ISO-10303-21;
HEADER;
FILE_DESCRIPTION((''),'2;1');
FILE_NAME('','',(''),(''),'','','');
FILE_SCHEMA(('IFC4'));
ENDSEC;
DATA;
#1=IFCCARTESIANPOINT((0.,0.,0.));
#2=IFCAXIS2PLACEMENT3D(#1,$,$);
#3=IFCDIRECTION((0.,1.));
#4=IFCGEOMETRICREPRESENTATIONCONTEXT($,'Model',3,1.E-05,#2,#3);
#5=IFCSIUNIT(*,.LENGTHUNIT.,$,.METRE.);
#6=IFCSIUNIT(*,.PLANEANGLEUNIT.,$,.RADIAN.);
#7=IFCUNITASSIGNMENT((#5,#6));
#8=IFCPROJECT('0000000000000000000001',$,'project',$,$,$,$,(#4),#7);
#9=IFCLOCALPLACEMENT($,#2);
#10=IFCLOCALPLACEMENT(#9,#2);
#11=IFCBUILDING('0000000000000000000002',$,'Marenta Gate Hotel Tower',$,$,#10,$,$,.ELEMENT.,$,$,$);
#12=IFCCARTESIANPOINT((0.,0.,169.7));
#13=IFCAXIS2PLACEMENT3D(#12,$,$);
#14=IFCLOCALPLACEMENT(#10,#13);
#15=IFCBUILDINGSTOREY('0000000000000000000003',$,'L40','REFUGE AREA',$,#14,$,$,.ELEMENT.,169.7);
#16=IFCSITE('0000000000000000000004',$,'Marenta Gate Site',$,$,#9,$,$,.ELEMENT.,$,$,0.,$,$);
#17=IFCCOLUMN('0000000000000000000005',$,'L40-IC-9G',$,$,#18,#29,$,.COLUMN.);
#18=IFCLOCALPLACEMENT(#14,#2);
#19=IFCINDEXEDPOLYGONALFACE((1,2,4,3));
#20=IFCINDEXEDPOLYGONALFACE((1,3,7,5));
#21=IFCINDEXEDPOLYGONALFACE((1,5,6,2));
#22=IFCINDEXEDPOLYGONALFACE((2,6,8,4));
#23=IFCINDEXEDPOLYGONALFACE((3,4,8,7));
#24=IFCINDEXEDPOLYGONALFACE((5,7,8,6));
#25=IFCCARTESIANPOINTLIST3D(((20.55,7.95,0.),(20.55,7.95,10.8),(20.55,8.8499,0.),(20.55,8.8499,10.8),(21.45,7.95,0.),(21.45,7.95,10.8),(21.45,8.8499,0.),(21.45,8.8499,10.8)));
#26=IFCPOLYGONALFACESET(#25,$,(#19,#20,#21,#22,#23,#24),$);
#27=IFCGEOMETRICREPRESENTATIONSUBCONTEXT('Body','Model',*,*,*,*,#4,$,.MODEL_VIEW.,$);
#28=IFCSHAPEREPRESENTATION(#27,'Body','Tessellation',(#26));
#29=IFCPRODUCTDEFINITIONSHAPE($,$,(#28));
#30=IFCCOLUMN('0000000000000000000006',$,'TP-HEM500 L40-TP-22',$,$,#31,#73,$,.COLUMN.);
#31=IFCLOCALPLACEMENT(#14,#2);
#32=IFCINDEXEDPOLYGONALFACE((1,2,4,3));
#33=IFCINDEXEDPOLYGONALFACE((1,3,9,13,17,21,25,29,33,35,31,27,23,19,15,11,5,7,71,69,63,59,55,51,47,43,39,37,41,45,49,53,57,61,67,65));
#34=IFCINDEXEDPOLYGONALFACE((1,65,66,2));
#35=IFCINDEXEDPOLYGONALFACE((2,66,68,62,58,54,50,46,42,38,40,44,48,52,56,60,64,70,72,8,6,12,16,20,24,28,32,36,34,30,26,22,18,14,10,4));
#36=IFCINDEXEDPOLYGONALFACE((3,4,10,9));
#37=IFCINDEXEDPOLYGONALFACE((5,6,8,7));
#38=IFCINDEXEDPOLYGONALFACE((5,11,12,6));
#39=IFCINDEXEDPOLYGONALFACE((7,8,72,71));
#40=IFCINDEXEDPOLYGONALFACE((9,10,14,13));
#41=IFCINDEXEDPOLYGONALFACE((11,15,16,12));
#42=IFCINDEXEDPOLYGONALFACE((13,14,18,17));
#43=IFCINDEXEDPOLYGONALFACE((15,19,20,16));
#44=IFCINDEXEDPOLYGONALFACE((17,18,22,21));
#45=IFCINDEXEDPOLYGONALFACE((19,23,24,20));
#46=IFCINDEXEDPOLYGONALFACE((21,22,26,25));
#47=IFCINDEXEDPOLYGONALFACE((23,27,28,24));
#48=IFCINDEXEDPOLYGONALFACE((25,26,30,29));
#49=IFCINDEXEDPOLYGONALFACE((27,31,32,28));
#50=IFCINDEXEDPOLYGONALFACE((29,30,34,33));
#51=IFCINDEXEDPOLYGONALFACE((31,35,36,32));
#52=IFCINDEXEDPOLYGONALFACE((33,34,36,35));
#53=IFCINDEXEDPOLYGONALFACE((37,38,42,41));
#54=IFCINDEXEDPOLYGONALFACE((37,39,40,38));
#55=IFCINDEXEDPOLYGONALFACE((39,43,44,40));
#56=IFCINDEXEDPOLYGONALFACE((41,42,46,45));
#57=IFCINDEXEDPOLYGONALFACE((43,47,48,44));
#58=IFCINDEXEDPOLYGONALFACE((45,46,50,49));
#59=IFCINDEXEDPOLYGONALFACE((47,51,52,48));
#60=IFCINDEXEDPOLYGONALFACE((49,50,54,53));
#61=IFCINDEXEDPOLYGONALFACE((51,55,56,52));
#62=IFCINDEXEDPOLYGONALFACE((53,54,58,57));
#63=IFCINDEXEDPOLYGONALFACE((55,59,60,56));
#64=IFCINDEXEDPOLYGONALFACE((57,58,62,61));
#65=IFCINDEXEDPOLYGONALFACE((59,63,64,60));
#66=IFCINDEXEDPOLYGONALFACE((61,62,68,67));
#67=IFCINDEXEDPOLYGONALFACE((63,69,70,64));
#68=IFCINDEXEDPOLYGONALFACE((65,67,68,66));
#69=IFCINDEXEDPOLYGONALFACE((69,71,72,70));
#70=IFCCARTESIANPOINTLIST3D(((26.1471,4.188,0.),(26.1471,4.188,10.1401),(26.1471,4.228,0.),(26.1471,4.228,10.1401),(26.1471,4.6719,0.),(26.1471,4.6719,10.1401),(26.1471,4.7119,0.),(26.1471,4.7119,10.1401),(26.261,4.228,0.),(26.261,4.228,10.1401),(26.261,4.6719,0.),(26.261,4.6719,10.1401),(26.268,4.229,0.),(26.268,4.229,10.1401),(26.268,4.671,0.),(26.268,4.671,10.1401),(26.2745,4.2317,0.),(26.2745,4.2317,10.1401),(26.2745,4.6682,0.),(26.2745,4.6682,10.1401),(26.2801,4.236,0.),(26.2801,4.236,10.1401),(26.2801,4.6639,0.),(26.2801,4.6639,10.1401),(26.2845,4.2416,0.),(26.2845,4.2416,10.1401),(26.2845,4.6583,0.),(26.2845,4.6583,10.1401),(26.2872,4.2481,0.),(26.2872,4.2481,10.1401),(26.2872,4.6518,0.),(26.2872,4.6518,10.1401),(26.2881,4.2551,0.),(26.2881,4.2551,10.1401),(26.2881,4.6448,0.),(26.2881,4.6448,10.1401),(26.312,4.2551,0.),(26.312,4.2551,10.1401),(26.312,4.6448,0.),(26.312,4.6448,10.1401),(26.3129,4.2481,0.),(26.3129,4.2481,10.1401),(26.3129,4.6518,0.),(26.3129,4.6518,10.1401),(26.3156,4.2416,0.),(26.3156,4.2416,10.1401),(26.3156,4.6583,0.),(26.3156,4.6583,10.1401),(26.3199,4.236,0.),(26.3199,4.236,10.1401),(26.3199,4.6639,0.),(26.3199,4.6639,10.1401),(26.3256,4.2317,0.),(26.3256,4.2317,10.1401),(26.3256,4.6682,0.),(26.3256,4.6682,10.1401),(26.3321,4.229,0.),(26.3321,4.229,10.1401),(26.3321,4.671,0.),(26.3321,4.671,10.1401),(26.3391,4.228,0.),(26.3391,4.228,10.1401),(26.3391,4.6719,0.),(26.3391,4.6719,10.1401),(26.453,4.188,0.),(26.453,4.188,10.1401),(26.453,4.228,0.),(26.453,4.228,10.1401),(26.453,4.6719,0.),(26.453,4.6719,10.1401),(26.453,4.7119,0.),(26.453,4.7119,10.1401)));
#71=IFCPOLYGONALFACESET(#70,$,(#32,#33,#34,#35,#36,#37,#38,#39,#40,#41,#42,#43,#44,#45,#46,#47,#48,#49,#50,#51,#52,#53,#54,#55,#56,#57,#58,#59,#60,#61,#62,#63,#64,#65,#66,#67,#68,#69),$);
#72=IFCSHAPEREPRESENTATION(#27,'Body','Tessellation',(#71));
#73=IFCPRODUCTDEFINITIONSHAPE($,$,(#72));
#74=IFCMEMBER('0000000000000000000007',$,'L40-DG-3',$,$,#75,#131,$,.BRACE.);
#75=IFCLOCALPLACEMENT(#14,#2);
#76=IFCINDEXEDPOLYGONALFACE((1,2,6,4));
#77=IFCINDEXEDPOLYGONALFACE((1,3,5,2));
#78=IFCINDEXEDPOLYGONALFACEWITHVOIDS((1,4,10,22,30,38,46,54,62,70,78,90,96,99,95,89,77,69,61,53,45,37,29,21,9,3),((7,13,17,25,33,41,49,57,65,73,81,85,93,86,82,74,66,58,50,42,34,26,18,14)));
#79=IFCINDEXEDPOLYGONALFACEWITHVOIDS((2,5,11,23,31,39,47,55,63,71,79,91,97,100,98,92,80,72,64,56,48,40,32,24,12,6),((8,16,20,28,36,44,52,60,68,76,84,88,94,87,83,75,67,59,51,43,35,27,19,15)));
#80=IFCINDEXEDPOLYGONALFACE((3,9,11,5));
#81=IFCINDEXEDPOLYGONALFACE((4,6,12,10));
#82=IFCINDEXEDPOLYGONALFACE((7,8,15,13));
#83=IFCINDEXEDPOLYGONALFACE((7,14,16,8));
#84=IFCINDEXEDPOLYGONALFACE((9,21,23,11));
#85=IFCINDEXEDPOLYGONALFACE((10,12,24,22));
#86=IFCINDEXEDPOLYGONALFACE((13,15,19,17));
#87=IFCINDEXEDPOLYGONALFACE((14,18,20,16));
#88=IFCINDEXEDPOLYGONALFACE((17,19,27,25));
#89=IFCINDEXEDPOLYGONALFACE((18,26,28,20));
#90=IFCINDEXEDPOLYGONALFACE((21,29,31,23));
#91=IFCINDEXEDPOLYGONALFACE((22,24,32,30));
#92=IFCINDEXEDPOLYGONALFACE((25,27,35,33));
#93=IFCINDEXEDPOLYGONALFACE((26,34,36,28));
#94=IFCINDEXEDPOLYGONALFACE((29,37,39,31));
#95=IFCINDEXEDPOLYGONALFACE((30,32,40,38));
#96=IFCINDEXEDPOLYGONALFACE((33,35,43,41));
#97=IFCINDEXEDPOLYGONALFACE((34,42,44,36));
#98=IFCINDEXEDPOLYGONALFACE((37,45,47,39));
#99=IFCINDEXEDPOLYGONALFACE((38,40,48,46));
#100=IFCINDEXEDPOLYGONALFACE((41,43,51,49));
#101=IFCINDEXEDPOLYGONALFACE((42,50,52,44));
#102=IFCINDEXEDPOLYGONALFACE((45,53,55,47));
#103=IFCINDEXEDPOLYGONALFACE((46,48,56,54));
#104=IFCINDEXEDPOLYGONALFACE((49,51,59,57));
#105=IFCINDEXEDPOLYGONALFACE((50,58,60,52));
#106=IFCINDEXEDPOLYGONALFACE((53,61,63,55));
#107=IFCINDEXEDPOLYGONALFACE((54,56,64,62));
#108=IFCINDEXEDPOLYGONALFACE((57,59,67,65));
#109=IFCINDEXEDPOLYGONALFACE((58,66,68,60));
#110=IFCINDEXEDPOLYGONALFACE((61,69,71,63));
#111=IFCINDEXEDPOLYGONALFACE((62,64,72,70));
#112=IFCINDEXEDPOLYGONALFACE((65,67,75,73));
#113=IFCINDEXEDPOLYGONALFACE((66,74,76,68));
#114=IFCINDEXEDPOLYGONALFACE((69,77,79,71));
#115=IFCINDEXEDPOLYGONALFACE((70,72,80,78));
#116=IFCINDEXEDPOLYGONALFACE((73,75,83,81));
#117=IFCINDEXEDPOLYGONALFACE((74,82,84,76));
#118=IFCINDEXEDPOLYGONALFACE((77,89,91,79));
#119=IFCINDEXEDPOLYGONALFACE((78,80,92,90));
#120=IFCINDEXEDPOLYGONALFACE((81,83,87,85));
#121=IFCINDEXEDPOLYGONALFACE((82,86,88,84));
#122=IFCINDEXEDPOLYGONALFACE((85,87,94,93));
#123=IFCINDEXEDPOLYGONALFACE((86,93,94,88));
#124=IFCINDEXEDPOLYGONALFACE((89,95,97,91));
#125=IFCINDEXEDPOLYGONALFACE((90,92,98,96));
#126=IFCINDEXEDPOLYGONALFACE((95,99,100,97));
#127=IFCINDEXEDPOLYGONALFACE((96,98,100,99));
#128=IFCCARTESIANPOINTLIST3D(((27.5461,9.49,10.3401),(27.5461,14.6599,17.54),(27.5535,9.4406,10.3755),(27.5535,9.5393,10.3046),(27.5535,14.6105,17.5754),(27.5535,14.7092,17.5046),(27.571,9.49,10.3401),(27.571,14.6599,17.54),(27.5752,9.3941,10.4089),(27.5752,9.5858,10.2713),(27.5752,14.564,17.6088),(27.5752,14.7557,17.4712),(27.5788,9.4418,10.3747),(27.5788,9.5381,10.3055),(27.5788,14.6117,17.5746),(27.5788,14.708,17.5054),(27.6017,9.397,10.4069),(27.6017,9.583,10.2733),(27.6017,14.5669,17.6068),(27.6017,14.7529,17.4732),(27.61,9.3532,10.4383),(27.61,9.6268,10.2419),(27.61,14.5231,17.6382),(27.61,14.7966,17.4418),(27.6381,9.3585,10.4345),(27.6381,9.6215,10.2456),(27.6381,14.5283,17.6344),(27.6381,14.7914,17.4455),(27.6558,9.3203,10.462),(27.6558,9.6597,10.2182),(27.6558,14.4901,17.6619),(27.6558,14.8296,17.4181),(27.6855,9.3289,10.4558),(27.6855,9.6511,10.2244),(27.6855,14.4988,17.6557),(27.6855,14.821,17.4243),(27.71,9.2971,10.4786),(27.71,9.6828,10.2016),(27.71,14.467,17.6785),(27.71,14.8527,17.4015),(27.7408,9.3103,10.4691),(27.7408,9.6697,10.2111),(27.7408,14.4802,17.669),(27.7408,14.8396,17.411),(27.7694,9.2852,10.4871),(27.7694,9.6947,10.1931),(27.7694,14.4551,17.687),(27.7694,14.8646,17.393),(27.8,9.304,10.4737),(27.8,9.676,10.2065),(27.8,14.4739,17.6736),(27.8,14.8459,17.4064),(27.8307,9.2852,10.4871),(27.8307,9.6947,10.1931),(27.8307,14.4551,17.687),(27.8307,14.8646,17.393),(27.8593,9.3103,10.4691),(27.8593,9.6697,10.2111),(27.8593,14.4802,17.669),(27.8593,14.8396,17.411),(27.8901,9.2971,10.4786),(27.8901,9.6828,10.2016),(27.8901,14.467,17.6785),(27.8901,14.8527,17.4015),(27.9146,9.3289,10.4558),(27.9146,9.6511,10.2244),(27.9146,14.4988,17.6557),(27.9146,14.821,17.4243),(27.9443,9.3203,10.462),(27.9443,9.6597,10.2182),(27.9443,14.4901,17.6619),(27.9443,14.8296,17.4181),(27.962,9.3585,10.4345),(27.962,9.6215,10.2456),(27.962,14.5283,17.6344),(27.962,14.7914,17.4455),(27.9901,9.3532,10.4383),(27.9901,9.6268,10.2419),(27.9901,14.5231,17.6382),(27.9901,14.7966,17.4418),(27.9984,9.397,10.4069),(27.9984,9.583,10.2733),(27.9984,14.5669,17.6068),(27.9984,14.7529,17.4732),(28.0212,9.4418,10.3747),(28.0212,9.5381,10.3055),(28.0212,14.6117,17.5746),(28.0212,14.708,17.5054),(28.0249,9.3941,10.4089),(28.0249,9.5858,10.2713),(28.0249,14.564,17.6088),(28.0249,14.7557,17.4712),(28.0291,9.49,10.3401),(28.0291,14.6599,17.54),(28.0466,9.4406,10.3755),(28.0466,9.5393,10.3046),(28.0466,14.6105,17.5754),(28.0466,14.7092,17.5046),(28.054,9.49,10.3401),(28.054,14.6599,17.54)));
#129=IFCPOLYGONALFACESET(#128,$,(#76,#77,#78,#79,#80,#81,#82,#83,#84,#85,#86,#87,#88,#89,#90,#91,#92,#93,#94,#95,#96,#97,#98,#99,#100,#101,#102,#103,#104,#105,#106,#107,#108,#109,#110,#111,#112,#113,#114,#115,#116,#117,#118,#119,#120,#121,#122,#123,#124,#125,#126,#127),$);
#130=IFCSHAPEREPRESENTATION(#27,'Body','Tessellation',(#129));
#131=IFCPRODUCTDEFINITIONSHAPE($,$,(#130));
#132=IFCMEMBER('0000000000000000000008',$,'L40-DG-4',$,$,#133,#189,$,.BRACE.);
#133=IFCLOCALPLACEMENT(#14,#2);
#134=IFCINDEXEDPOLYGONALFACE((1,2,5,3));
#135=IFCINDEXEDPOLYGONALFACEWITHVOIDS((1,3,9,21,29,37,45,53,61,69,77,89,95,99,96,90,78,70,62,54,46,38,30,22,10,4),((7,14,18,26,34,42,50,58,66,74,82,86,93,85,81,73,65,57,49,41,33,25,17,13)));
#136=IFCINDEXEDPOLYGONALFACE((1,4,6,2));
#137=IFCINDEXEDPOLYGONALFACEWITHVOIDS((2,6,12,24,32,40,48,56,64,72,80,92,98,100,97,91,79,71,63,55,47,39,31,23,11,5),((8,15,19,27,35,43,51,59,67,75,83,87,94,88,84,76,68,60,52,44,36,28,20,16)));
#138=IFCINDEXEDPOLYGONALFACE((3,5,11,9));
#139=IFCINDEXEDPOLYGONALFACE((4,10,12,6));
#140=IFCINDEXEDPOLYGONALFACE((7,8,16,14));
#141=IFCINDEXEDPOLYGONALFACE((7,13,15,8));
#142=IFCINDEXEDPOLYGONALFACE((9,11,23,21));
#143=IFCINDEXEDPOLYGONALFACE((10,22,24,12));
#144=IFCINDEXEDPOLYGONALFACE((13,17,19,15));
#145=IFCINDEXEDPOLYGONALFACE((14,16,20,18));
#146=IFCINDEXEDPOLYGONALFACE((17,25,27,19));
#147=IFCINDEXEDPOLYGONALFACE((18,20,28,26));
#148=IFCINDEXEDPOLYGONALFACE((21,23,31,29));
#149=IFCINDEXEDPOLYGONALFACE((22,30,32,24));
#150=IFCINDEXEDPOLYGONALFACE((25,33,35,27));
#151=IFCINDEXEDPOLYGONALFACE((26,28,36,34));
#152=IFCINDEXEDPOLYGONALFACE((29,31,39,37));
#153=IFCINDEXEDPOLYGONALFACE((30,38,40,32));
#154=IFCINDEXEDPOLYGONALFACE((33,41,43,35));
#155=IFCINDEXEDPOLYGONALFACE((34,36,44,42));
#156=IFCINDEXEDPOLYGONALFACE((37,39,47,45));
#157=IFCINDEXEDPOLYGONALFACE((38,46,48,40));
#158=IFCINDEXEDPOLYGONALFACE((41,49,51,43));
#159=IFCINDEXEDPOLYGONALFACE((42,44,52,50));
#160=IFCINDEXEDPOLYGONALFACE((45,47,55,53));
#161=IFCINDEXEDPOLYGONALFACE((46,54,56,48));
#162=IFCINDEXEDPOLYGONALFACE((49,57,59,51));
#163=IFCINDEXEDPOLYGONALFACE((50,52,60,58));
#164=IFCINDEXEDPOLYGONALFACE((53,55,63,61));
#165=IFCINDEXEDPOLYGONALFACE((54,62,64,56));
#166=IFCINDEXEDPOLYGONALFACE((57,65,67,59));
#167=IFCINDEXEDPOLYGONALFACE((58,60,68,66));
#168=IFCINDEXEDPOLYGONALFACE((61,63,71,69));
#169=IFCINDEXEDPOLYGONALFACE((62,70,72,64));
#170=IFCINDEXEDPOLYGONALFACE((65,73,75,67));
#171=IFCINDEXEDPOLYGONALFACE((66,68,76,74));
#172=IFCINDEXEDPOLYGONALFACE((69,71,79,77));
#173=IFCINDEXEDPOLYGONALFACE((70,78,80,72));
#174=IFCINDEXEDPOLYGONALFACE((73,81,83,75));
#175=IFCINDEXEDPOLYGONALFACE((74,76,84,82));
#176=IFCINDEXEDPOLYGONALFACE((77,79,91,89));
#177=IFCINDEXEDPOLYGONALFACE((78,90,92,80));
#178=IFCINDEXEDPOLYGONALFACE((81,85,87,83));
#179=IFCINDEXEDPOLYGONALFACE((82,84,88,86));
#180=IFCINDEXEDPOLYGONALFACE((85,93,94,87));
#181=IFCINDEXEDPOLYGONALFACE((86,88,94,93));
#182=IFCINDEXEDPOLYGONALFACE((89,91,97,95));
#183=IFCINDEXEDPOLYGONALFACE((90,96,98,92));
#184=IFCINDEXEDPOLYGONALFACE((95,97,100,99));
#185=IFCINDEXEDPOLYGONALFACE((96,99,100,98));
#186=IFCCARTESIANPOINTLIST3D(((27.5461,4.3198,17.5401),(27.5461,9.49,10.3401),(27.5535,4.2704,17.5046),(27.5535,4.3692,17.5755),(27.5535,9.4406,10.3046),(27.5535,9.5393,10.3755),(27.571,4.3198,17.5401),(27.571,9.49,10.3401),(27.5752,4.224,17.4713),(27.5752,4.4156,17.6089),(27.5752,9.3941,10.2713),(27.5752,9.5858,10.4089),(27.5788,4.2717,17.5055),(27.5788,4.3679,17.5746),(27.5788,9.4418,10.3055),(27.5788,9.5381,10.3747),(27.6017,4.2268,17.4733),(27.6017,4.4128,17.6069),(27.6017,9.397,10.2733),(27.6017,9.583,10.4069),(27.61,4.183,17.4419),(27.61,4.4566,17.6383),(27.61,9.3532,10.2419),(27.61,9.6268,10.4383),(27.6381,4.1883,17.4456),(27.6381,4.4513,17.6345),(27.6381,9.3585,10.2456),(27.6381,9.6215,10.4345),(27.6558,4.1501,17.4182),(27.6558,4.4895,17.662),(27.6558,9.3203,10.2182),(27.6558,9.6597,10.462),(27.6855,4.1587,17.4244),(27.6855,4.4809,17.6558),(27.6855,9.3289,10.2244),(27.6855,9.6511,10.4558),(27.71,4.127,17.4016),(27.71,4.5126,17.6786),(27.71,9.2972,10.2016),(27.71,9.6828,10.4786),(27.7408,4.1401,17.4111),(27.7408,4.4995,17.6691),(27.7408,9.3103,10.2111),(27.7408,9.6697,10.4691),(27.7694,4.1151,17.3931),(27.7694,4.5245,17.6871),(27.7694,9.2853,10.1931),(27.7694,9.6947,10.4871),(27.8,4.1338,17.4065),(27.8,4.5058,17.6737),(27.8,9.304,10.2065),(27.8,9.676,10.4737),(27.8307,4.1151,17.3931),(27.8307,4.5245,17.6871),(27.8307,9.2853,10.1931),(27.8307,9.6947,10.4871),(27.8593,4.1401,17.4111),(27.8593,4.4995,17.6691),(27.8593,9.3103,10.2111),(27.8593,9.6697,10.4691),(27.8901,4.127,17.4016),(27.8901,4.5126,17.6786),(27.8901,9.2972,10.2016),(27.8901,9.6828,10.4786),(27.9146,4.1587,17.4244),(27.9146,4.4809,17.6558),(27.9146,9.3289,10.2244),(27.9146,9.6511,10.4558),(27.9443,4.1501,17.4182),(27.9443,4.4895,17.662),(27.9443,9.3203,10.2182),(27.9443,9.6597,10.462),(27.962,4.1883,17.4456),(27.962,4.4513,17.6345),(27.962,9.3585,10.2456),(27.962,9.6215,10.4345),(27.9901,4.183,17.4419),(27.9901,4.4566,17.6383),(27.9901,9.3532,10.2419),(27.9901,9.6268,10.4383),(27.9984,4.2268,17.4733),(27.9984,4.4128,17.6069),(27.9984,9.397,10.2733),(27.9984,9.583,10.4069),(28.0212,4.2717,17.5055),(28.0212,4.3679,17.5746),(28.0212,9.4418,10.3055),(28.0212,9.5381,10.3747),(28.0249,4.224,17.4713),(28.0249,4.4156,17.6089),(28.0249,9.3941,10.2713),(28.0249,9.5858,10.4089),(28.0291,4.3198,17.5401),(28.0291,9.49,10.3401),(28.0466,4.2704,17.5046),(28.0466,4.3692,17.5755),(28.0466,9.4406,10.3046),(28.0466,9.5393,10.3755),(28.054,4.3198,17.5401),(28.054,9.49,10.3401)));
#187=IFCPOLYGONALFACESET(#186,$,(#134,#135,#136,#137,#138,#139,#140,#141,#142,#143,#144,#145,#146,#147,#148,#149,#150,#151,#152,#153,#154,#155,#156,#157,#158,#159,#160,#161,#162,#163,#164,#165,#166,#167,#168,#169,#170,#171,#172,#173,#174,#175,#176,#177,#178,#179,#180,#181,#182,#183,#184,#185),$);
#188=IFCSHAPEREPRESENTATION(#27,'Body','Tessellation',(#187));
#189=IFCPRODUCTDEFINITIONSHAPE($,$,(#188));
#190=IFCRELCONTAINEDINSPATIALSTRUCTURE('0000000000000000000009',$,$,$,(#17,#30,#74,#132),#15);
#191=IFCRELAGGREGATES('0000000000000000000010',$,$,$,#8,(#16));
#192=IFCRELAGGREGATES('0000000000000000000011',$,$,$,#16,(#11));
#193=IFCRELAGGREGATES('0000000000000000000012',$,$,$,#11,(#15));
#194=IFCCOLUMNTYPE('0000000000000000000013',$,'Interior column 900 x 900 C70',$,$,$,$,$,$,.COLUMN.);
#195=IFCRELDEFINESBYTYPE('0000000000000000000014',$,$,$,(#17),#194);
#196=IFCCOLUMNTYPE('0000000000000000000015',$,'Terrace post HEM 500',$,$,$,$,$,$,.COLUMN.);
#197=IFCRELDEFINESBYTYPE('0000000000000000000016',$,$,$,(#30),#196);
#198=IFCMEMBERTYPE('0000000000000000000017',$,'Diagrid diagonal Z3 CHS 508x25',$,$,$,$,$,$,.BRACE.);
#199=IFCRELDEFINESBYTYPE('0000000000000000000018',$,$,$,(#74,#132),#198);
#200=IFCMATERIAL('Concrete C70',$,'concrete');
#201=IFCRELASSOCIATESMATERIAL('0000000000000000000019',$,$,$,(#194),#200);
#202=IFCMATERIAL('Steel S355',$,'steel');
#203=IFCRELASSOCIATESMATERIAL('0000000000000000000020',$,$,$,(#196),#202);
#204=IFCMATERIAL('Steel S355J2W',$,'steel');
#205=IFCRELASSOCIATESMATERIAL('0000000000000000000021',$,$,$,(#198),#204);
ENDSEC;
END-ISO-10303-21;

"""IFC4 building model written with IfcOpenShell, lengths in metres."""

from ifc_helpers import new_model, si_unit, direction, frame, origin, origin_2d, place, context, subcontext, project, spatial, rectangle, hollow_circle, i_section, extrude, material, material_profile, profile_set, type_object, element, save


model = new_model("IFC4")

# Units and contexts
model_context = context("Model", 3, precision=1e-05, world=origin(), true_north=direction((0.0, 1.0)))
body_context = subcontext(model_context, "Body", "Model", "MODEL_VIEW")
ifc_project = project(units=[si_unit("LENGTHUNIT", "METRE"), si_unit("PLANEANGLEUNIT", "RADIAN")], contexts=[model_context])

# Site, building, storey
site_placement = place(None, origin())
site = spatial("IfcSite", under=ifc_project, at=site_placement, Name="Marenta Gate Site", CompositionType="ELEMENT", RefElevation=0.0)
building_placement = place(site_placement, origin())
building = spatial("IfcBuilding", under=site, at=building_placement, Name="Marenta Gate Hotel Tower", CompositionType="ELEMENT")
storey_placement = place(building_placement, frame((0.0, 0.0, 169.7)))
storey = spatial("IfcBuildingStorey", under=building, at=storey_placement, Name="L40", Description="REFUGE AREA", CompositionType="ELEMENT", Elevation=169.7)

# Columns
ifc_material_1 = material(Name="Concrete C70", Category="concrete")
ifc_material_profile_1 = material_profile(ifc_material_1, rectangle(XDim=0.8999, YDim=0.8999, at=origin_2d()), Name="900 x 900")
ifc_profile_set_1 = profile_set([ifc_material_profile_1], Name="Concrete C70")
column_type_1 = type_object("IfcColumnType", Name="Interior column 900 x 900 C70", PredefinedType="COLUMN", material=ifc_profile_set_1)
column_1_placement = place(storey_placement, frame((21.0, 8.3999, 0.0), z_axis=(0.0, 0.0, 1.0), x_axis=(1.0, 0.0, 0.0)))
element("IfcColumn", 1, at=column_1_placement, inside=storey, type_object=column_type_1, Name="L40-IC-9G", PredefinedType="COLUMN", context=body_context, shape_type="SweptSolid", body=[
    extrude(rectangle(XDim=0.8999, YDim=0.8999, at=origin_2d()), origin(), (0.0, 0.0, 1.0), 10.8),
])
ifc_material_2 = material(Name="Steel S355", Category="steel")
ifc_material_profile_2 = material_profile(ifc_material_2, i_section(OverallWidth=0.3059, OverallDepth=0.5239, WebThickness=0.0239, FlangeThickness=0.04, FilletRadius=0.0271, at=origin_2d()), Name="HEM 500")
ifc_profile_set_2 = profile_set([ifc_material_profile_2], Name="Steel S355")
column_type_2 = type_object("IfcColumnType", Name="Terrace post HEM 500", PredefinedType="COLUMN", material=ifc_profile_set_2)
column_2_placement = place(storey_placement, frame((26.3, 4.45, 0.0), z_axis=(0.0, 0.0, 1.0), x_axis=(1.0, 0.0, 0.0)))
element("IfcColumn", 2, at=column_2_placement, inside=storey, type_object=column_type_2, Name="TP-HEM500 L40-TP-22", PredefinedType="COLUMN", context=body_context, shape_type="SweptSolid", body=[
    extrude(i_section(OverallWidth=0.3059, OverallDepth=0.5239, WebThickness=0.0239, FlangeThickness=0.04, FilletRadius=0.0271, at=origin_2d()), origin(), (0.0, 0.0, 1.0), 10.1401),
])

# Members
ifc_material_3 = material(Name="Steel S355J2W", Category="steel")
ifc_material_profile_3 = material_profile(ifc_material_3, hollow_circle(Radius=0.2539, WallThickness=0.0249, at=origin_2d()), Name="CHS 508x25")
ifc_profile_set_3 = profile_set([ifc_material_profile_3], Name="Steel S355J2W")
member_type_1 = type_object("IfcMemberType", Name="Diagrid diagonal Z3 CHS 508x25", PredefinedType="BRACE", material=ifc_profile_set_3)
member_1_placement = place(storey_placement, frame((27.8, 9.49, 10.3401), z_axis=(0.0, 0.583261, 0.812285), x_axis=(-1.0, 0.0, 0.0)))
element("IfcMember", 3, at=member_1_placement, inside=storey, type_object=member_type_1, Name="L40-DG-3", PredefinedType="BRACE", context=body_context, shape_type="SweptSolid", body=[
    extrude(hollow_circle(Radius=0.2539, WallThickness=0.0249, at=origin_2d()), origin(), (0.0, 0.0, 1.0), 8.8638),
])
member_2_placement = place(storey_placement, frame((27.8, 9.49, 10.3401), z_axis=(0.0, -0.583279, 0.812272), x_axis=(1.0, 0.0, 0.0)))
element("IfcMember", 4, at=member_2_placement, inside=storey, type_object=member_type_1, Name="L40-DG-4", PredefinedType="BRACE", context=body_context, shape_type="SweptSolid", body=[
    extrude(hollow_circle(Radius=0.2539, WallThickness=0.0249, at=origin_2d()), origin(), (0.0, 0.0, 1.0), 8.864),
])

save(model, "model.ifc")
